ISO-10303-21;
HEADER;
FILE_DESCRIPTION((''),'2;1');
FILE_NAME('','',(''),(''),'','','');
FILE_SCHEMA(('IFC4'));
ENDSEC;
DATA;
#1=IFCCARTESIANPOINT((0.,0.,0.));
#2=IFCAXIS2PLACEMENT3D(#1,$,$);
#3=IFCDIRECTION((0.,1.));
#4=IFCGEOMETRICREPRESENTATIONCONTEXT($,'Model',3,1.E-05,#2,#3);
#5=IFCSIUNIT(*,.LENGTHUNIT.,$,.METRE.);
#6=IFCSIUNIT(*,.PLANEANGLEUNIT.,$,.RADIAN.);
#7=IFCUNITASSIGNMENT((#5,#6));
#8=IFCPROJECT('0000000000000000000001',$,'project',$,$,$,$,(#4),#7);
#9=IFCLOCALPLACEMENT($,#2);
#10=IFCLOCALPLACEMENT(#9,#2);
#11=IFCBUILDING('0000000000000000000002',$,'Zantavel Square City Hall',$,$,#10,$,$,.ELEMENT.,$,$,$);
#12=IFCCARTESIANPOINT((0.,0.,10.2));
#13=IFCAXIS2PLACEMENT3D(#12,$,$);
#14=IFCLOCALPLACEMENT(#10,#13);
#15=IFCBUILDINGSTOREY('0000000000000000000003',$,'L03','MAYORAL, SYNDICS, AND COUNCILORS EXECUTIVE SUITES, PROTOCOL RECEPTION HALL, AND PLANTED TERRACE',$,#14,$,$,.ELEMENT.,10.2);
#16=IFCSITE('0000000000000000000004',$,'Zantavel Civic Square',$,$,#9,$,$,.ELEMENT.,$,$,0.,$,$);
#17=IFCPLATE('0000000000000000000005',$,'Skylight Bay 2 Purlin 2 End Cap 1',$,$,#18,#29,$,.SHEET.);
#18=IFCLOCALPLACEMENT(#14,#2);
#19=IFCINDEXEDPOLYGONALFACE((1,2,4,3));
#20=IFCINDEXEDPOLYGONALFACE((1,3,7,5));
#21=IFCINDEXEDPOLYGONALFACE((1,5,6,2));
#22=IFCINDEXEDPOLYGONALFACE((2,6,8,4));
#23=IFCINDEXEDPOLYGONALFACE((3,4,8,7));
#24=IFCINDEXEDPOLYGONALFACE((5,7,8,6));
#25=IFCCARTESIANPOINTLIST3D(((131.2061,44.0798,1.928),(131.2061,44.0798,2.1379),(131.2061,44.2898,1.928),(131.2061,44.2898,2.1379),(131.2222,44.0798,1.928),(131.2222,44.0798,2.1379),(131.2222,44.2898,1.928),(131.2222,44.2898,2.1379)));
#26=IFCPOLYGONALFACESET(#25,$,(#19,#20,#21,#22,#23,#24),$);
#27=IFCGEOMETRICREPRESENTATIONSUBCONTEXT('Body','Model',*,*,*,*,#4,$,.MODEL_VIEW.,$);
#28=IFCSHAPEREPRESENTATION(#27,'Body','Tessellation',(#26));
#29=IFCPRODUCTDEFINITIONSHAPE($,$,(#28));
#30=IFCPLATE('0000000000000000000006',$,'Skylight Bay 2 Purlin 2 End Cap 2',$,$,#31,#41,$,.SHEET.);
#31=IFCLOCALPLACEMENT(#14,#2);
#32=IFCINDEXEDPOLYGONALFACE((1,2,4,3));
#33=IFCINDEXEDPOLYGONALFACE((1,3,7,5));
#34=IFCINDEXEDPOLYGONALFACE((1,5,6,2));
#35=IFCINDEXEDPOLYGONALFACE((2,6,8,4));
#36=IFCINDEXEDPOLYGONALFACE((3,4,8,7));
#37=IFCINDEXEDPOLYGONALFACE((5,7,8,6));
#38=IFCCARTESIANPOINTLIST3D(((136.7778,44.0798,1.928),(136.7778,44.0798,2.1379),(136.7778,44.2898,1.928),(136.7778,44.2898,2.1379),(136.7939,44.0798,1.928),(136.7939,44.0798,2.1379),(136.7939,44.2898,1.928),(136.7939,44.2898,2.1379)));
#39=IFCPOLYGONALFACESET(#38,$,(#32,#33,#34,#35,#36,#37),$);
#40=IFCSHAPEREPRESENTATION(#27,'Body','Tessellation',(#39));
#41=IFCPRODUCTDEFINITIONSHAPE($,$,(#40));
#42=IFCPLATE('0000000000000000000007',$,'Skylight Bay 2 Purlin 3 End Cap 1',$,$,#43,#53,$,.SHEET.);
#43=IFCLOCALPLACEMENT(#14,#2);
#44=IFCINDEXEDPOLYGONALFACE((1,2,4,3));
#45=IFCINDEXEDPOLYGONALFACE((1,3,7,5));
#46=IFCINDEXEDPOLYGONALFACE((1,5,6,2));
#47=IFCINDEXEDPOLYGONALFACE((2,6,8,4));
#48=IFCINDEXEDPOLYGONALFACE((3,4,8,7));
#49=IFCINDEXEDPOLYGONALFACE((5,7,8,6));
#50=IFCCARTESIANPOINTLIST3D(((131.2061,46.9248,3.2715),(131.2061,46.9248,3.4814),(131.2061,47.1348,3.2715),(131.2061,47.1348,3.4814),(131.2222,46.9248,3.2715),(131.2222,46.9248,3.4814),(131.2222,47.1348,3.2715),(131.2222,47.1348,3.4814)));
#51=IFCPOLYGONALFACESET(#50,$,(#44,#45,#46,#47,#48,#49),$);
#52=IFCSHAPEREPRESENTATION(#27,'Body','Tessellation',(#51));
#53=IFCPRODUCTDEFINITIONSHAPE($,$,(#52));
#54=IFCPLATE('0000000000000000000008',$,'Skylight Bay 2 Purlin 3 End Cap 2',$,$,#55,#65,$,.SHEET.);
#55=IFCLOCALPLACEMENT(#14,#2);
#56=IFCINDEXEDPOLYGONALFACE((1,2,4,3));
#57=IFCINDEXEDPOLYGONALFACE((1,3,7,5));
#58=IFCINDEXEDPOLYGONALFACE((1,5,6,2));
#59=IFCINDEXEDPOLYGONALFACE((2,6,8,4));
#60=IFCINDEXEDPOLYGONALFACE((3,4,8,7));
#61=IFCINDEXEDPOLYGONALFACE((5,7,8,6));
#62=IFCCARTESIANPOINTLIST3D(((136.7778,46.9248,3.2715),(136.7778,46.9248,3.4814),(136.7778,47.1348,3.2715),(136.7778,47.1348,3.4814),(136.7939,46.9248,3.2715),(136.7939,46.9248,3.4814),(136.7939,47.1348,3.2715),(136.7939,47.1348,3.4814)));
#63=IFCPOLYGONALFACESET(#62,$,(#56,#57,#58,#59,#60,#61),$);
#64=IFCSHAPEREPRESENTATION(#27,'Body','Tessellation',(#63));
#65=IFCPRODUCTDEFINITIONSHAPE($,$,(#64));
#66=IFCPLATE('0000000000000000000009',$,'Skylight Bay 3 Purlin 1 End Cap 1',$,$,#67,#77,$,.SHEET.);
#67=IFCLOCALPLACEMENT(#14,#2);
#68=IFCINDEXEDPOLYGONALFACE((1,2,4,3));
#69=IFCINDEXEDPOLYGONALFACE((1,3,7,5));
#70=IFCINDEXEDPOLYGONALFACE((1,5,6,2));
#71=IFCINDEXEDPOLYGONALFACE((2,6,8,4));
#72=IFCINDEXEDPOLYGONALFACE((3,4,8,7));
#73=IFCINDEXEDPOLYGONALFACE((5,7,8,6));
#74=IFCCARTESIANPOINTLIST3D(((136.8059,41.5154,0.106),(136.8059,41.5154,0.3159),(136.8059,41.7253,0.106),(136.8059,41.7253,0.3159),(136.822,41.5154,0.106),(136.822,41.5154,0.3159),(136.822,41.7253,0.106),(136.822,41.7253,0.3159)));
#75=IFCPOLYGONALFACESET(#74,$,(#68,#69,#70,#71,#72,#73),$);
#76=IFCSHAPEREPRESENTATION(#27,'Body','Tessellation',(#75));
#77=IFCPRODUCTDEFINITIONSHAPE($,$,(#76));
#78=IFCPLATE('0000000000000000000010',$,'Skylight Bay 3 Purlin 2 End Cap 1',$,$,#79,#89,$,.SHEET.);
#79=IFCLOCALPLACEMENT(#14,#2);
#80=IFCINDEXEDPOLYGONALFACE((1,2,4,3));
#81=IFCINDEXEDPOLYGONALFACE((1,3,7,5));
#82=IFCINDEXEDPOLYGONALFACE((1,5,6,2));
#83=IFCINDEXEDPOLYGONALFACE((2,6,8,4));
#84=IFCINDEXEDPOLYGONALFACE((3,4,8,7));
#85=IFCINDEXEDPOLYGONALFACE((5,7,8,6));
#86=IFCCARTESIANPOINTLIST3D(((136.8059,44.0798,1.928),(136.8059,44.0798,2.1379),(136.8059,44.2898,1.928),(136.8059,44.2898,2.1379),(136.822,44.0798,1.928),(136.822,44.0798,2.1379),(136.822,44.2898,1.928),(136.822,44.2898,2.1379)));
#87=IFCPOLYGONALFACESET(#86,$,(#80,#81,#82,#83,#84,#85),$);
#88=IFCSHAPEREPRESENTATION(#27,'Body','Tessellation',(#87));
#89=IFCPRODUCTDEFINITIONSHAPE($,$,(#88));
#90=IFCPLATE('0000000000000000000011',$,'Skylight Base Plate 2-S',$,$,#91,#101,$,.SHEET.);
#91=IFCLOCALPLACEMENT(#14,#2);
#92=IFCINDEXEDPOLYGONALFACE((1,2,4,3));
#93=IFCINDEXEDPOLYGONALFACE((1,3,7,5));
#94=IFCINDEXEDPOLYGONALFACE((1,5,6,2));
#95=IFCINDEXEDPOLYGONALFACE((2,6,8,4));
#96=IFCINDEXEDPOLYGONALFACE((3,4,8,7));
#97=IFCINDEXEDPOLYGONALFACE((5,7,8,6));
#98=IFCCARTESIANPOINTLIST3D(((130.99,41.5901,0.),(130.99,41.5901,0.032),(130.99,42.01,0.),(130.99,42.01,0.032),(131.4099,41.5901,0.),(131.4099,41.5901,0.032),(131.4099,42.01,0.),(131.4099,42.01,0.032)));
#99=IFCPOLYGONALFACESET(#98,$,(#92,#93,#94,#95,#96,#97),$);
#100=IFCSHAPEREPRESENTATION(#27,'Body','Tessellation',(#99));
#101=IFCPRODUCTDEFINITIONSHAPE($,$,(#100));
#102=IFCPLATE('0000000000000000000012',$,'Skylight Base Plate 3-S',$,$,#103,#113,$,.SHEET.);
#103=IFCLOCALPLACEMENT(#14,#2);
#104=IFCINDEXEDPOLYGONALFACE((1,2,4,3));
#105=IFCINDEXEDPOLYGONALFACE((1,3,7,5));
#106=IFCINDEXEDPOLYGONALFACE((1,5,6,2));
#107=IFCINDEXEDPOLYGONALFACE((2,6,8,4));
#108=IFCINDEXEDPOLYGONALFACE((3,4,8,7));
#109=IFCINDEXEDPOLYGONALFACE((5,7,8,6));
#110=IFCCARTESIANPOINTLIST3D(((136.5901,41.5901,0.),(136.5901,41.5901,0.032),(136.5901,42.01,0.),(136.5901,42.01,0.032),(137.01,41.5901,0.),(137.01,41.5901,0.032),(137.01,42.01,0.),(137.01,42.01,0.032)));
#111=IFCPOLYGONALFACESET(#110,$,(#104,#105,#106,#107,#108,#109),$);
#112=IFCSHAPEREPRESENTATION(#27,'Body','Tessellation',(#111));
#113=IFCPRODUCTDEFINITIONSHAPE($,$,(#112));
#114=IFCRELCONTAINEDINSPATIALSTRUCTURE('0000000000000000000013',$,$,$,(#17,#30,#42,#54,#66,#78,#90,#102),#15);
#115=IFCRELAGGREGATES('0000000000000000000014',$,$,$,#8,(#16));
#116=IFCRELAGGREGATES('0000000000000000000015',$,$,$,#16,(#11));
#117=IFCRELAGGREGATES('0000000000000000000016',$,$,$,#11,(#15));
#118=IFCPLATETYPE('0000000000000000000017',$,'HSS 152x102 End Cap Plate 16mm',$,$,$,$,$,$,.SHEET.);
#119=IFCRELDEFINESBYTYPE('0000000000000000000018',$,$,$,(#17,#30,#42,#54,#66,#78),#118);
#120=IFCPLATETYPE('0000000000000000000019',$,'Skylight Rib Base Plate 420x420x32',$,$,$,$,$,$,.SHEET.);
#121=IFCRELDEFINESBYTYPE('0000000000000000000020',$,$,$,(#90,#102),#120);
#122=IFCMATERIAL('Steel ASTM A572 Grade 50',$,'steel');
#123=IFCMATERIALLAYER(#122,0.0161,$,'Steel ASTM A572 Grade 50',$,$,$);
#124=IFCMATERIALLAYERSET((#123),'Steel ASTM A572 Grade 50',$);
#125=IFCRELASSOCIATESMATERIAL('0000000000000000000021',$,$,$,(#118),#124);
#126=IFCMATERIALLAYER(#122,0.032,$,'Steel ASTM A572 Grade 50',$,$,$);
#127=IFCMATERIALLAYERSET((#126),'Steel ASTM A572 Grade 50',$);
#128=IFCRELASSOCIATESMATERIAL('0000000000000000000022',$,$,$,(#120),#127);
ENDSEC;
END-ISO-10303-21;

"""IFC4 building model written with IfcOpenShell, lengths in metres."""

from ifc_helpers import new_model, si_unit, direction, frame, origin, origin_2d, place, context, subcontext, project, spatial, rectangle, extrude, material, layer, layer_set, type_object, element, save


model = new_model("IFC4")

# Units and contexts
model_context = context("Model", 3, precision=1e-05, world=origin(), true_north=direction((0.0, 1.0)))
body_context = subcontext(model_context, "Body", "Model", "MODEL_VIEW")
ifc_project = project(units=[si_unit("LENGTHUNIT", "METRE"), si_unit("PLANEANGLEUNIT", "RADIAN")], contexts=[model_context])

# Site, building, storey
site_placement = place(None, origin())
site = spatial("IfcSite", under=ifc_project, at=site_placement, Name="Zantavel Civic Square", CompositionType="ELEMENT", RefElevation=0.0)
building_placement = place(site_placement, origin())
building = spatial("IfcBuilding", under=site, at=building_placement, Name="Zantavel Square City Hall", CompositionType="ELEMENT")
storey_placement = place(building_placement, frame((0.0, 0.0, 10.2)))
storey = spatial("IfcBuildingStorey", under=building, at=storey_placement, Name="L03", Description="MAYORAL, SYNDICS, AND COUNCILORS EXECUTIVE SUITES, PROTOCOL RECEPTION HALL, AND PLANTED TERRACE", CompositionType="ELEMENT", Elevation=10.2)

# Plates
ifc_material_1 = material(Name="Steel ASTM A572 Grade 50", Category="steel")
ifc_layer_1 = layer(ifc_material_1, 0.0161, Name="Steel ASTM A572 Grade 50")
ifc_layer_set_1 = layer_set([ifc_layer_1], Name="Steel ASTM A572 Grade 50")
plate_type_1 = type_object("IfcPlateType", Name="HSS 152x102 End Cap Plate 16mm", PredefinedType="SHEET", material=ifc_layer_set_1)
for number, where, z_axis, x_axis, name in (
    (1, (131.2141, 44.1848, 1.928), (0.0, 0.0, 1.0), (1.0, 0.0, 0.0), "Skylight Bay 2 Purlin 2 End Cap 1"),
    (2, (136.7859, 44.1848, 1.928), (0.0, 0.0, 1.0), (1.0, 0.0, 0.0), "Skylight Bay 2 Purlin 2 End Cap 2"),
    (3, (131.2141, 47.0298, 3.2715), (0.0, 0.0, 1.0), (1.0, 0.0, 0.0), "Skylight Bay 2 Purlin 3 End Cap 1"),
    (4, (136.7859, 47.0298, 3.2715), (0.0, 0.0, 1.0), (1.0, 0.0, 0.0), "Skylight Bay 2 Purlin 3 End Cap 2"),
    (5, (136.814, 41.6204, 0.106), (0.0, 0.0, 1.0), (1.0, 0.0, 0.0), "Skylight Bay 3 Purlin 1 End Cap 1"),
    (6, (136.814, 44.1848, 1.928), (0.0, 0.0, 1.0), (1.0, 0.0, 0.0), "Skylight Bay 3 Purlin 2 End Cap 1"),
):
    element("IfcPlate", number, at=place(storey_placement, frame(where, z_axis=z_axis, x_axis=x_axis)), inside=storey, type_object=plate_type_1, Name=name, PredefinedType="SHEET", context=body_context, shape_type="SweptSolid", body=[
        extrude(rectangle(XDim=0.0161, YDim=0.21, at=origin_2d()), origin(), (0.0, 0.0, 1.0), 0.21),
    ])
ifc_layer_2 = layer(ifc_material_1, 0.032, Name="Steel ASTM A572 Grade 50")
ifc_layer_set_2 = layer_set([ifc_layer_2], Name="Steel ASTM A572 Grade 50")
plate_type_2 = type_object("IfcPlateType", Name="Skylight Rib Base Plate 420x420x32", PredefinedType="SHEET", material=ifc_layer_set_2)
for number, where, z_axis, x_axis, name in (
    (7, (131.2, 41.8, 0.0), (0.0, 0.0, 1.0), (1.0, 0.0, 0.0), "Skylight Base Plate 2-S"),
    (8, (136.8, 41.8, 0.0), (0.0, 0.0, 1.0), (1.0, 0.0, 0.0), "Skylight Base Plate 3-S"),
):
    element("IfcPlate", number, at=place(storey_placement, frame(where, z_axis=z_axis, x_axis=x_axis)), inside=storey, type_object=plate_type_2, Name=name, PredefinedType="SHEET", context=body_context, shape_type="SweptSolid", body=[
        extrude(rectangle(XDim=0.4199, YDim=0.4199, at=origin_2d()), origin(), (0.0, 0.0, 1.0), 0.032),
    ])

save(model, "model.ifc")
